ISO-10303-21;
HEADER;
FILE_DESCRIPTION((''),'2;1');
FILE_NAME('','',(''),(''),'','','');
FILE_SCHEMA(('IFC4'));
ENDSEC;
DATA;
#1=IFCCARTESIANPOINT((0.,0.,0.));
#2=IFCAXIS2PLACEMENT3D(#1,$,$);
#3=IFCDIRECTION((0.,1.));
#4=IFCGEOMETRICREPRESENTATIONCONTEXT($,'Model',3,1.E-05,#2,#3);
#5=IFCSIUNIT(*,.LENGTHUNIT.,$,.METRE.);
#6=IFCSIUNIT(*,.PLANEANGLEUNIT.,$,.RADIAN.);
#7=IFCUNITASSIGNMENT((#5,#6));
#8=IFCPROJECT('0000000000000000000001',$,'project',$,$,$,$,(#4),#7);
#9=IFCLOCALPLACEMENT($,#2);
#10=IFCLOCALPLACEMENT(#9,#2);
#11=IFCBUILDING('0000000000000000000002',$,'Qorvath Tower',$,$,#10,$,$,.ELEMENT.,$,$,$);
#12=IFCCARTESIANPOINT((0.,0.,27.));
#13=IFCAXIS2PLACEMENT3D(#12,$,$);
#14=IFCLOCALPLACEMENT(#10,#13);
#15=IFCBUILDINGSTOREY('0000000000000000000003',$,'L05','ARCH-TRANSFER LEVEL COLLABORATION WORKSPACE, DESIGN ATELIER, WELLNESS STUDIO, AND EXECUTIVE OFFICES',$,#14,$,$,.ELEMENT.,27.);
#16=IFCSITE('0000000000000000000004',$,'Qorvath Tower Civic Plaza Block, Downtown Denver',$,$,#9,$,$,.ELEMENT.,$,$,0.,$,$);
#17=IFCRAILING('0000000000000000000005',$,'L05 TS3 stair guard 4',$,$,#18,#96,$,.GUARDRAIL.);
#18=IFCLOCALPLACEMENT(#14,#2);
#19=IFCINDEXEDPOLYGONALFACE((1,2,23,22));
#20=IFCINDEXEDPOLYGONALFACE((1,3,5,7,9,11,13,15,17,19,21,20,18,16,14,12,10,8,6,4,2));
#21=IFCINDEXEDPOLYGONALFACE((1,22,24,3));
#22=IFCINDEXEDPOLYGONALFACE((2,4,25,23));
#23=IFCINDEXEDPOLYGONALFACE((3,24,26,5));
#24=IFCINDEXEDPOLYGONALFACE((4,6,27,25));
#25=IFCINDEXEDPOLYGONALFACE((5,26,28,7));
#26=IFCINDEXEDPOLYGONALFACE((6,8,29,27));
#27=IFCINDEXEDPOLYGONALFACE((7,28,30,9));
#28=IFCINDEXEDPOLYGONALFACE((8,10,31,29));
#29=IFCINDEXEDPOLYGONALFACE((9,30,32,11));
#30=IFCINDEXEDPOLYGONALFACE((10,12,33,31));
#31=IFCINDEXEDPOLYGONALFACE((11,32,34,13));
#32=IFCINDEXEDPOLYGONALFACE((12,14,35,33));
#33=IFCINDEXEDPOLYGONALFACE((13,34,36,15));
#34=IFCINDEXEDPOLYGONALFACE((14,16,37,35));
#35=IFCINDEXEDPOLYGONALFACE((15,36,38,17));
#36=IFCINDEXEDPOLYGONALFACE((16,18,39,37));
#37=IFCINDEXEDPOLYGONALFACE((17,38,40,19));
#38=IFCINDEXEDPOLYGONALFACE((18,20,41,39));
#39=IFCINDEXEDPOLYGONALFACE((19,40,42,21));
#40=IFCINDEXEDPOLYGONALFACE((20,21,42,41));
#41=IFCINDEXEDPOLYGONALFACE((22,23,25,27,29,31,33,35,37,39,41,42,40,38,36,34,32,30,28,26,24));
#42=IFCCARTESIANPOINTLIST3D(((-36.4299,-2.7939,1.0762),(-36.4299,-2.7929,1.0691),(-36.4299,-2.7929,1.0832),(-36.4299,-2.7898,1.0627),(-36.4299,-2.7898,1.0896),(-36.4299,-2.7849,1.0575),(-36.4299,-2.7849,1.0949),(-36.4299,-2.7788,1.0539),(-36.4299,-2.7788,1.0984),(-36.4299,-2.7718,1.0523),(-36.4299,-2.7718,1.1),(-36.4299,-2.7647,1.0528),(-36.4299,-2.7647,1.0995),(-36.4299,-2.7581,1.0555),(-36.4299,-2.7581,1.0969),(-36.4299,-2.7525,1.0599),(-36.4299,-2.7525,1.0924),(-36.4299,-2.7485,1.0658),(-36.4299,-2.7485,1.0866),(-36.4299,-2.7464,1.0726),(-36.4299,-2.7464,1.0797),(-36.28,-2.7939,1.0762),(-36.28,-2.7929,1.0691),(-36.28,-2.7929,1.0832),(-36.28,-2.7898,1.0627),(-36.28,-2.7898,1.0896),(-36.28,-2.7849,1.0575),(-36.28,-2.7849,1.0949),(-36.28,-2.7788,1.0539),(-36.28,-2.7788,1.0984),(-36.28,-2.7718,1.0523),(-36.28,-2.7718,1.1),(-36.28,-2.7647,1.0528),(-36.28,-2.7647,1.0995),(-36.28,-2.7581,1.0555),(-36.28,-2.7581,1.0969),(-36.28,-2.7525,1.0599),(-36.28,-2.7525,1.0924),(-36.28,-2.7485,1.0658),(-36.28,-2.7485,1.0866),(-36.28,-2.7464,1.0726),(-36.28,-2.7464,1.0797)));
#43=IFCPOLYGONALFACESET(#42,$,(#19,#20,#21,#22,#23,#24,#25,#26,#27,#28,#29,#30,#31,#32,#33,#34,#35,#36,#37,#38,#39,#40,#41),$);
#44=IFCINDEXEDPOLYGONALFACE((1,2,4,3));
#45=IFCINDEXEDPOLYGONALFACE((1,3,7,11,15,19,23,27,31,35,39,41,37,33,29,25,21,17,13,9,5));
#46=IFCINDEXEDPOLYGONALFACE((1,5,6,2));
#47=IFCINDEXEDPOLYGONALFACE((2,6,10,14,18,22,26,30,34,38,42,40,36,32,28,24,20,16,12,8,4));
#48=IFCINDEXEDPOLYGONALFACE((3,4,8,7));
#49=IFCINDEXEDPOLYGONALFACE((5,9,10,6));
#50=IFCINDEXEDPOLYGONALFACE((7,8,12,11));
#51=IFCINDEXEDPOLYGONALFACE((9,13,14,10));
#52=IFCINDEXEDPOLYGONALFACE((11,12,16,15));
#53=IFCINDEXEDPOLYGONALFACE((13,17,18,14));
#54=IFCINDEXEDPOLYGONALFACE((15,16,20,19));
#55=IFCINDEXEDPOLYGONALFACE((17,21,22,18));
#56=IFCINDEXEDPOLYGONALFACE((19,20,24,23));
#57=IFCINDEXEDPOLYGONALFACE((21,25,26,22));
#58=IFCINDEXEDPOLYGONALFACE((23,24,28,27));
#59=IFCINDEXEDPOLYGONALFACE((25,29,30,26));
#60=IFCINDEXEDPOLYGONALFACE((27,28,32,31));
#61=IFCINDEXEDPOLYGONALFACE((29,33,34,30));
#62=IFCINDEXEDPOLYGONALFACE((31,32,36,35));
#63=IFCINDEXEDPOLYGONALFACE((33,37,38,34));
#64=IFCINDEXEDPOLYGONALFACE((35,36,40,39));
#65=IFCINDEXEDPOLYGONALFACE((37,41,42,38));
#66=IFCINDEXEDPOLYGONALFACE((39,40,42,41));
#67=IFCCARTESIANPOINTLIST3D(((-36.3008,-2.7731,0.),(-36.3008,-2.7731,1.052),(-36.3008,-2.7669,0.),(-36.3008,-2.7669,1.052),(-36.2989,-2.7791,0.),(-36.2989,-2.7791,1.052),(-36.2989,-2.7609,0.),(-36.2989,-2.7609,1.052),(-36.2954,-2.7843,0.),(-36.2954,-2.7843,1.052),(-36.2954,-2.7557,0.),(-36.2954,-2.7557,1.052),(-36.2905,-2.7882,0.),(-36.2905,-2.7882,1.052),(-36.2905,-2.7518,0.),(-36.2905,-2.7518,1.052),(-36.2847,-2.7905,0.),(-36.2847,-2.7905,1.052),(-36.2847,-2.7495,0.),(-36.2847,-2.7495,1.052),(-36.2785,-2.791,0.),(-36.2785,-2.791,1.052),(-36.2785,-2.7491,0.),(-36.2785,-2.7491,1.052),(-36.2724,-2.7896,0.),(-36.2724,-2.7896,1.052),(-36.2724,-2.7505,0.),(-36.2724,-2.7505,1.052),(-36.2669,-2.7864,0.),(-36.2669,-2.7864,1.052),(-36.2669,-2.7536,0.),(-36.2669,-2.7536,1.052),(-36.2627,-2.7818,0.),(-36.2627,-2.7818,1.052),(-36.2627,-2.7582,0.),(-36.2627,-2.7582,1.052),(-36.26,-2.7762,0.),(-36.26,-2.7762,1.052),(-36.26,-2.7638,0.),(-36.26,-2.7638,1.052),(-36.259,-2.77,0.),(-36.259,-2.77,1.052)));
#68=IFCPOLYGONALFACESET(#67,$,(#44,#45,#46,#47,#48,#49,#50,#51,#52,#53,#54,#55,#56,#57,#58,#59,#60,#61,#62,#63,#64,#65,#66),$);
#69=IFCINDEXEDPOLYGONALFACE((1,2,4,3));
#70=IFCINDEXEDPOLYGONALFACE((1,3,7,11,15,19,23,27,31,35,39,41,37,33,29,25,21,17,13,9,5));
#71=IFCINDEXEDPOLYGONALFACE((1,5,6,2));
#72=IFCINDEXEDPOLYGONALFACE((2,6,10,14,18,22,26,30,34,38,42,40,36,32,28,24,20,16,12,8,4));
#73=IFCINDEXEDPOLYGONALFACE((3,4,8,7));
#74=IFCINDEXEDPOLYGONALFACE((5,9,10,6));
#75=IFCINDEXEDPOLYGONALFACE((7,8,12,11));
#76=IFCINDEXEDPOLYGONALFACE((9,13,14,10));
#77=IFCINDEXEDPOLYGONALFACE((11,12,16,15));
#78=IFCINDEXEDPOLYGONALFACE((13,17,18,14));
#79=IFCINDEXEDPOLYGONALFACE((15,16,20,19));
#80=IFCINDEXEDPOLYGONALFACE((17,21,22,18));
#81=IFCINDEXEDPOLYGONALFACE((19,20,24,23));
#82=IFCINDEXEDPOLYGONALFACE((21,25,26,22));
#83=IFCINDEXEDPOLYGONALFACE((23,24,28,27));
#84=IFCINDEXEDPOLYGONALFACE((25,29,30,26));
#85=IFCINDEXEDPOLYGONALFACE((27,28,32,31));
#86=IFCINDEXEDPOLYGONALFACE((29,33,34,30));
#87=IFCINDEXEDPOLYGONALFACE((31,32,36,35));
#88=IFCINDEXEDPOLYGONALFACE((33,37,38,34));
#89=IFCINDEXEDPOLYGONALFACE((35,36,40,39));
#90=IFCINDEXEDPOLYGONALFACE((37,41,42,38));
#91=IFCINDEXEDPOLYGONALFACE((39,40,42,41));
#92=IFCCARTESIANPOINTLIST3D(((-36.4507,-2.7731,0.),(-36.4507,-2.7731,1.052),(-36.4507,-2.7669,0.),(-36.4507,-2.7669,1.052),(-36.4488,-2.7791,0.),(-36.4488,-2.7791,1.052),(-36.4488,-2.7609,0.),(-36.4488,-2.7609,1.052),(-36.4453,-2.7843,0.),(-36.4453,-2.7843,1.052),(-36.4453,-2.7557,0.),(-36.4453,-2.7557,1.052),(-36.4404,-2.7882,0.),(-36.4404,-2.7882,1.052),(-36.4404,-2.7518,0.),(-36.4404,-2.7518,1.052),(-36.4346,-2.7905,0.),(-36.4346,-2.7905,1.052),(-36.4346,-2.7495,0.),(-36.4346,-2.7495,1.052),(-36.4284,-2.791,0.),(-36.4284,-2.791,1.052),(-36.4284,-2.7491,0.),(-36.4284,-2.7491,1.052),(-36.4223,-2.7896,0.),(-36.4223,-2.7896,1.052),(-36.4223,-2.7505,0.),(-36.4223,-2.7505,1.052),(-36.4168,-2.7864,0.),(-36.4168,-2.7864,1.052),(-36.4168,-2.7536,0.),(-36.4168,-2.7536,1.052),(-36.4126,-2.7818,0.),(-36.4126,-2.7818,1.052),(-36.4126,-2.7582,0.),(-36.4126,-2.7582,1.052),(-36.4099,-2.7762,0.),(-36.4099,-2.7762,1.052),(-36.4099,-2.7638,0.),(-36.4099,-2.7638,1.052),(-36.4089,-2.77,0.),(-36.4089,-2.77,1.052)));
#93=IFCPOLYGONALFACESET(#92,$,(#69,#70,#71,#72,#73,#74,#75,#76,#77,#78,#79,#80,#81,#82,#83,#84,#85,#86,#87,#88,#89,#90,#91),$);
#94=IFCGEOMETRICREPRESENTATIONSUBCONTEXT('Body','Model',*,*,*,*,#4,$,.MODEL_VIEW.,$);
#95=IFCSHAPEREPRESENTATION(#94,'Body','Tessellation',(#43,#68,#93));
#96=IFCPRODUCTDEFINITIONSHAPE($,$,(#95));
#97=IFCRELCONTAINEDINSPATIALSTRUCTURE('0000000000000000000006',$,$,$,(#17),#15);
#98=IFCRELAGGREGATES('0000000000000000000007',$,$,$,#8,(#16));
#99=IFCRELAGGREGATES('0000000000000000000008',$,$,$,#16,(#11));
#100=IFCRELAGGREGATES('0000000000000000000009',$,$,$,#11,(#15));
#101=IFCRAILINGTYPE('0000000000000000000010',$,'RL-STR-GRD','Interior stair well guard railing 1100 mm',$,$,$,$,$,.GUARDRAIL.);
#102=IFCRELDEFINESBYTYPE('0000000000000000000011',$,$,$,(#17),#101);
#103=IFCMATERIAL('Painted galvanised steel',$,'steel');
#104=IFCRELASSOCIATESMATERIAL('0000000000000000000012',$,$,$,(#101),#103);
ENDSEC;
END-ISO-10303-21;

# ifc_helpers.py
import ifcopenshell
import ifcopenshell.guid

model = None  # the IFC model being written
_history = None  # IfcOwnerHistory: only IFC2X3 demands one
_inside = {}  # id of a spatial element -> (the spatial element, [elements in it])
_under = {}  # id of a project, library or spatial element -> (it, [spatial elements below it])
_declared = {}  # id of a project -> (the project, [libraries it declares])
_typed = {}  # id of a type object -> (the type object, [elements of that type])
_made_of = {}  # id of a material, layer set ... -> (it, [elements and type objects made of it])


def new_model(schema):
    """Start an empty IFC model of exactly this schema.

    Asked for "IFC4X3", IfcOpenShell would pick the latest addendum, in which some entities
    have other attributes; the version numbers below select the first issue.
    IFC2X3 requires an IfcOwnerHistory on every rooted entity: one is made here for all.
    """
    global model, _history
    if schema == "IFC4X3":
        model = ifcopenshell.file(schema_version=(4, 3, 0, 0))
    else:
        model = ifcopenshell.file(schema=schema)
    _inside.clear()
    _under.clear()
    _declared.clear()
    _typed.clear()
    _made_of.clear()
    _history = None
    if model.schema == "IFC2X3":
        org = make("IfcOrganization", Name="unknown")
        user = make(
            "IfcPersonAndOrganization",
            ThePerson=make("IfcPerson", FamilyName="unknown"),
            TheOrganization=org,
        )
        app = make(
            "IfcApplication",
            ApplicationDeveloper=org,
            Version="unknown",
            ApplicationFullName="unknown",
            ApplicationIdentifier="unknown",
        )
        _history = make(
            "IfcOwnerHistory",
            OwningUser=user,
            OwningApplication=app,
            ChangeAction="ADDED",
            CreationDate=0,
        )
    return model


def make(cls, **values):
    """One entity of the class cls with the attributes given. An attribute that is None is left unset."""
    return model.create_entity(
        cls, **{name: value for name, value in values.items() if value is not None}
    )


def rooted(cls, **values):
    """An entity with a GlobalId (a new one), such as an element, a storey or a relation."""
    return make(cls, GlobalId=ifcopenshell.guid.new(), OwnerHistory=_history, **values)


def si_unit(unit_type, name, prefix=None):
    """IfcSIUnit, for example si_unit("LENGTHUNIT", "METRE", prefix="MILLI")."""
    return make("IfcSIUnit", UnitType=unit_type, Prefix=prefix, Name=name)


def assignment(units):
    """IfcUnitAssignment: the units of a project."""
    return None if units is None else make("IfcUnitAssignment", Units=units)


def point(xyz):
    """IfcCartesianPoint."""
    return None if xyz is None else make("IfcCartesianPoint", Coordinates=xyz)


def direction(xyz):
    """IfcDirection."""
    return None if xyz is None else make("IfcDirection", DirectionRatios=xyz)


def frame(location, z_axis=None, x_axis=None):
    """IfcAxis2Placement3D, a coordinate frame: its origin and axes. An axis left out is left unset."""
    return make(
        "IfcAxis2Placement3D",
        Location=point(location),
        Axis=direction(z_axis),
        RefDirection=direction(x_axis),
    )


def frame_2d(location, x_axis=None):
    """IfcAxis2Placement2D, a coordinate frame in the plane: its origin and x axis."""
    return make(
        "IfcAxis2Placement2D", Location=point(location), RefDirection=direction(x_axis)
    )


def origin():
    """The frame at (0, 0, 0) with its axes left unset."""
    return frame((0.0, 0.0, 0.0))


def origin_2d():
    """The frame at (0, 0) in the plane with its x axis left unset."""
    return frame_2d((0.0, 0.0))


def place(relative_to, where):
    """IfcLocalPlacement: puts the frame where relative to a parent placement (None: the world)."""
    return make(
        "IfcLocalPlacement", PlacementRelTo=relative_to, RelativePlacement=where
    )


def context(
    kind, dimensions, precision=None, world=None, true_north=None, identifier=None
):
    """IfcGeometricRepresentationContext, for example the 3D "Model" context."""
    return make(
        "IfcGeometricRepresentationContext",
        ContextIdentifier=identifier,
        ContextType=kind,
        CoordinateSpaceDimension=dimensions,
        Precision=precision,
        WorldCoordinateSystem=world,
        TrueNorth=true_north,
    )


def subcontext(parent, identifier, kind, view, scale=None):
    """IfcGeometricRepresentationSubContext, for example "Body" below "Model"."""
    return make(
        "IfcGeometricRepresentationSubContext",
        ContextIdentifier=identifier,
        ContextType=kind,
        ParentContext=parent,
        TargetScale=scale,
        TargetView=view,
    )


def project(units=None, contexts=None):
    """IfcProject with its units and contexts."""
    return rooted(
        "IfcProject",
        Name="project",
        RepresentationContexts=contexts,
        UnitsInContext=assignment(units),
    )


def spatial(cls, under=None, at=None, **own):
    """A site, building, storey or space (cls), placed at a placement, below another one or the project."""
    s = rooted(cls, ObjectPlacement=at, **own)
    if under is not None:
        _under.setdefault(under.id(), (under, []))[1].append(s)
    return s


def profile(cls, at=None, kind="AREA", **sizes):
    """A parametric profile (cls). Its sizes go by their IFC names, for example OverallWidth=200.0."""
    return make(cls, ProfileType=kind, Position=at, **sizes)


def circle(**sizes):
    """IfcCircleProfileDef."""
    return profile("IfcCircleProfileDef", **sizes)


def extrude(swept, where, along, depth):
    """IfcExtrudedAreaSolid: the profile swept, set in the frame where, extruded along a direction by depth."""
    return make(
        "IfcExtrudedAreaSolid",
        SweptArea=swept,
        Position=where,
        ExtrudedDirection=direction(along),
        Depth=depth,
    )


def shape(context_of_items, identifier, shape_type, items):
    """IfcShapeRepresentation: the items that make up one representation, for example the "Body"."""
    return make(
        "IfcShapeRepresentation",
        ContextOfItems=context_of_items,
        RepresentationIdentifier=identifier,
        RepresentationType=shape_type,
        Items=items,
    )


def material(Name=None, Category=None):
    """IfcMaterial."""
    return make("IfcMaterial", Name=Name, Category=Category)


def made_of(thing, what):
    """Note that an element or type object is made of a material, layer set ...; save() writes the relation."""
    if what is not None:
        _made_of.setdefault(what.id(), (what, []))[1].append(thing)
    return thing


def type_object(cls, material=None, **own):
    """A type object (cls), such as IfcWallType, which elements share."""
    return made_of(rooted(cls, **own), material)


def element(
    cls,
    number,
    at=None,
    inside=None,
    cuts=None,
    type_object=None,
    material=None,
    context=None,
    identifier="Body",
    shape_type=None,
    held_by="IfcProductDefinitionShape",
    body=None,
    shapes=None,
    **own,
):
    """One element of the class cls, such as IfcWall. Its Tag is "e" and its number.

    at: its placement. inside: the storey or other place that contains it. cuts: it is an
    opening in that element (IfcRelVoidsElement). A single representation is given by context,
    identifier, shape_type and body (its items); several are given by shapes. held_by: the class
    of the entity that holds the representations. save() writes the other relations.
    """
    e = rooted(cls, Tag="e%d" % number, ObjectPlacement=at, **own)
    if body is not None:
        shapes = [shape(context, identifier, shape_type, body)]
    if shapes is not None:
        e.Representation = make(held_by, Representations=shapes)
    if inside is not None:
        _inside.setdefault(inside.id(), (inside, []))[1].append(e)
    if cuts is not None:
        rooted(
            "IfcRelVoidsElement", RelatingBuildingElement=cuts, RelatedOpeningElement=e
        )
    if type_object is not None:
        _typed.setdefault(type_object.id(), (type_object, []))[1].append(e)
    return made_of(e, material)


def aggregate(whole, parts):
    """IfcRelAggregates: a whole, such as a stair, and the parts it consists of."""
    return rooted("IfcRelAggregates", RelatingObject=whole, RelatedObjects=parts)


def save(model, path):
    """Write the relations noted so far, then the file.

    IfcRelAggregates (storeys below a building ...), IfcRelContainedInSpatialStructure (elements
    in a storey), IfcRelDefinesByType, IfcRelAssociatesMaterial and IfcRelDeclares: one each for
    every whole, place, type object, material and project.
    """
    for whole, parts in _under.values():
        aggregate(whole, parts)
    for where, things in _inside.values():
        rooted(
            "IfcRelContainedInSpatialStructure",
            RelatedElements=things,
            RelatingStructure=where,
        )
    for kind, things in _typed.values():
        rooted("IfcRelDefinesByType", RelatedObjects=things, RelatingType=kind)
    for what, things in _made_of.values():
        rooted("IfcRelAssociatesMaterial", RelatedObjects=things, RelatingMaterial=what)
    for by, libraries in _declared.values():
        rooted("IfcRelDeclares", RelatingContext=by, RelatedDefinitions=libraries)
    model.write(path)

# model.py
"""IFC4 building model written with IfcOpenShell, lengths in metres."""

from ifc_helpers import new_model, si_unit, direction, frame, origin, origin_2d, place, context, subcontext, project, spatial, circle, extrude, material, type_object, element, save


model = new_model("IFC4")

# Units and contexts
model_context = context("Model", 3, precision=1e-05, world=origin(), true_north=direction((0.0, 1.0)))
body_context = subcontext(model_context, "Body", "Model", "MODEL_VIEW")
ifc_project = project(units=[si_unit("LENGTHUNIT", "METRE"), si_unit("PLANEANGLEUNIT", "RADIAN")], contexts=[model_context])

# Site, building, storey
site_placement = place(None, origin())
site = spatial("IfcSite", under=ifc_project, at=site_placement, Name="Qorvath Tower Civic Plaza Block, Downtown Denver", CompositionType="ELEMENT", RefElevation=0.0)
building_placement = place(site_placement, origin())
building = spatial("IfcBuilding", under=site, at=building_placement, Name="Qorvath Tower", CompositionType="ELEMENT")
storey_placement = place(building_placement, frame((0.0, 0.0, 27.0)))
storey = spatial("IfcBuildingStorey", under=building, at=storey_placement, Name="L05", Description="ARCH-TRANSFER LEVEL COLLABORATION WORKSPACE, DESIGN ATELIER, WELLNESS STUDIO, AND EXECUTIVE OFFICES", CompositionType="ELEMENT", Elevation=27.0)

# Railing
ifc_material_1 = material(Name="Painted galvanised steel", Category="steel")
railing_type_1 = type_object("IfcRailingType", Name="RL-STR-GRD", Description="Interior stair well guard railing 1100 mm", PredefinedType="GUARDRAIL", material=ifc_material_1)
railing_1_placement = place(storey_placement, frame((-36.28, -2.77, 0.0)))
element("IfcRailing", 1, at=railing_1_placement, inside=storey, type_object=railing_type_1, Name="L05 TS3 stair guard 4", PredefinedType="GUARDRAIL", context=body_context, shape_type="SweptSolid", body=[
    extrude(circle(Radius=0.0239, at=origin_2d()), frame((0.0, 0.0, 1.0762), z_axis=(-1.0, 0.0, 0.0), x_axis=(0.0, -1.0, 0.0)), (0.0, 0.0, 1.0), 0.1499),
    extrude(circle(Radius=0.021, at=origin_2d()), origin(), (0.0, 0.0, 1.0), 1.052),
    extrude(circle(Radius=0.021, at=origin_2d()), frame((-0.1499, 0.0, 0.0)), (0.0, 0.0, 1.0), 1.052),
])

save(model, "model.ifc")
